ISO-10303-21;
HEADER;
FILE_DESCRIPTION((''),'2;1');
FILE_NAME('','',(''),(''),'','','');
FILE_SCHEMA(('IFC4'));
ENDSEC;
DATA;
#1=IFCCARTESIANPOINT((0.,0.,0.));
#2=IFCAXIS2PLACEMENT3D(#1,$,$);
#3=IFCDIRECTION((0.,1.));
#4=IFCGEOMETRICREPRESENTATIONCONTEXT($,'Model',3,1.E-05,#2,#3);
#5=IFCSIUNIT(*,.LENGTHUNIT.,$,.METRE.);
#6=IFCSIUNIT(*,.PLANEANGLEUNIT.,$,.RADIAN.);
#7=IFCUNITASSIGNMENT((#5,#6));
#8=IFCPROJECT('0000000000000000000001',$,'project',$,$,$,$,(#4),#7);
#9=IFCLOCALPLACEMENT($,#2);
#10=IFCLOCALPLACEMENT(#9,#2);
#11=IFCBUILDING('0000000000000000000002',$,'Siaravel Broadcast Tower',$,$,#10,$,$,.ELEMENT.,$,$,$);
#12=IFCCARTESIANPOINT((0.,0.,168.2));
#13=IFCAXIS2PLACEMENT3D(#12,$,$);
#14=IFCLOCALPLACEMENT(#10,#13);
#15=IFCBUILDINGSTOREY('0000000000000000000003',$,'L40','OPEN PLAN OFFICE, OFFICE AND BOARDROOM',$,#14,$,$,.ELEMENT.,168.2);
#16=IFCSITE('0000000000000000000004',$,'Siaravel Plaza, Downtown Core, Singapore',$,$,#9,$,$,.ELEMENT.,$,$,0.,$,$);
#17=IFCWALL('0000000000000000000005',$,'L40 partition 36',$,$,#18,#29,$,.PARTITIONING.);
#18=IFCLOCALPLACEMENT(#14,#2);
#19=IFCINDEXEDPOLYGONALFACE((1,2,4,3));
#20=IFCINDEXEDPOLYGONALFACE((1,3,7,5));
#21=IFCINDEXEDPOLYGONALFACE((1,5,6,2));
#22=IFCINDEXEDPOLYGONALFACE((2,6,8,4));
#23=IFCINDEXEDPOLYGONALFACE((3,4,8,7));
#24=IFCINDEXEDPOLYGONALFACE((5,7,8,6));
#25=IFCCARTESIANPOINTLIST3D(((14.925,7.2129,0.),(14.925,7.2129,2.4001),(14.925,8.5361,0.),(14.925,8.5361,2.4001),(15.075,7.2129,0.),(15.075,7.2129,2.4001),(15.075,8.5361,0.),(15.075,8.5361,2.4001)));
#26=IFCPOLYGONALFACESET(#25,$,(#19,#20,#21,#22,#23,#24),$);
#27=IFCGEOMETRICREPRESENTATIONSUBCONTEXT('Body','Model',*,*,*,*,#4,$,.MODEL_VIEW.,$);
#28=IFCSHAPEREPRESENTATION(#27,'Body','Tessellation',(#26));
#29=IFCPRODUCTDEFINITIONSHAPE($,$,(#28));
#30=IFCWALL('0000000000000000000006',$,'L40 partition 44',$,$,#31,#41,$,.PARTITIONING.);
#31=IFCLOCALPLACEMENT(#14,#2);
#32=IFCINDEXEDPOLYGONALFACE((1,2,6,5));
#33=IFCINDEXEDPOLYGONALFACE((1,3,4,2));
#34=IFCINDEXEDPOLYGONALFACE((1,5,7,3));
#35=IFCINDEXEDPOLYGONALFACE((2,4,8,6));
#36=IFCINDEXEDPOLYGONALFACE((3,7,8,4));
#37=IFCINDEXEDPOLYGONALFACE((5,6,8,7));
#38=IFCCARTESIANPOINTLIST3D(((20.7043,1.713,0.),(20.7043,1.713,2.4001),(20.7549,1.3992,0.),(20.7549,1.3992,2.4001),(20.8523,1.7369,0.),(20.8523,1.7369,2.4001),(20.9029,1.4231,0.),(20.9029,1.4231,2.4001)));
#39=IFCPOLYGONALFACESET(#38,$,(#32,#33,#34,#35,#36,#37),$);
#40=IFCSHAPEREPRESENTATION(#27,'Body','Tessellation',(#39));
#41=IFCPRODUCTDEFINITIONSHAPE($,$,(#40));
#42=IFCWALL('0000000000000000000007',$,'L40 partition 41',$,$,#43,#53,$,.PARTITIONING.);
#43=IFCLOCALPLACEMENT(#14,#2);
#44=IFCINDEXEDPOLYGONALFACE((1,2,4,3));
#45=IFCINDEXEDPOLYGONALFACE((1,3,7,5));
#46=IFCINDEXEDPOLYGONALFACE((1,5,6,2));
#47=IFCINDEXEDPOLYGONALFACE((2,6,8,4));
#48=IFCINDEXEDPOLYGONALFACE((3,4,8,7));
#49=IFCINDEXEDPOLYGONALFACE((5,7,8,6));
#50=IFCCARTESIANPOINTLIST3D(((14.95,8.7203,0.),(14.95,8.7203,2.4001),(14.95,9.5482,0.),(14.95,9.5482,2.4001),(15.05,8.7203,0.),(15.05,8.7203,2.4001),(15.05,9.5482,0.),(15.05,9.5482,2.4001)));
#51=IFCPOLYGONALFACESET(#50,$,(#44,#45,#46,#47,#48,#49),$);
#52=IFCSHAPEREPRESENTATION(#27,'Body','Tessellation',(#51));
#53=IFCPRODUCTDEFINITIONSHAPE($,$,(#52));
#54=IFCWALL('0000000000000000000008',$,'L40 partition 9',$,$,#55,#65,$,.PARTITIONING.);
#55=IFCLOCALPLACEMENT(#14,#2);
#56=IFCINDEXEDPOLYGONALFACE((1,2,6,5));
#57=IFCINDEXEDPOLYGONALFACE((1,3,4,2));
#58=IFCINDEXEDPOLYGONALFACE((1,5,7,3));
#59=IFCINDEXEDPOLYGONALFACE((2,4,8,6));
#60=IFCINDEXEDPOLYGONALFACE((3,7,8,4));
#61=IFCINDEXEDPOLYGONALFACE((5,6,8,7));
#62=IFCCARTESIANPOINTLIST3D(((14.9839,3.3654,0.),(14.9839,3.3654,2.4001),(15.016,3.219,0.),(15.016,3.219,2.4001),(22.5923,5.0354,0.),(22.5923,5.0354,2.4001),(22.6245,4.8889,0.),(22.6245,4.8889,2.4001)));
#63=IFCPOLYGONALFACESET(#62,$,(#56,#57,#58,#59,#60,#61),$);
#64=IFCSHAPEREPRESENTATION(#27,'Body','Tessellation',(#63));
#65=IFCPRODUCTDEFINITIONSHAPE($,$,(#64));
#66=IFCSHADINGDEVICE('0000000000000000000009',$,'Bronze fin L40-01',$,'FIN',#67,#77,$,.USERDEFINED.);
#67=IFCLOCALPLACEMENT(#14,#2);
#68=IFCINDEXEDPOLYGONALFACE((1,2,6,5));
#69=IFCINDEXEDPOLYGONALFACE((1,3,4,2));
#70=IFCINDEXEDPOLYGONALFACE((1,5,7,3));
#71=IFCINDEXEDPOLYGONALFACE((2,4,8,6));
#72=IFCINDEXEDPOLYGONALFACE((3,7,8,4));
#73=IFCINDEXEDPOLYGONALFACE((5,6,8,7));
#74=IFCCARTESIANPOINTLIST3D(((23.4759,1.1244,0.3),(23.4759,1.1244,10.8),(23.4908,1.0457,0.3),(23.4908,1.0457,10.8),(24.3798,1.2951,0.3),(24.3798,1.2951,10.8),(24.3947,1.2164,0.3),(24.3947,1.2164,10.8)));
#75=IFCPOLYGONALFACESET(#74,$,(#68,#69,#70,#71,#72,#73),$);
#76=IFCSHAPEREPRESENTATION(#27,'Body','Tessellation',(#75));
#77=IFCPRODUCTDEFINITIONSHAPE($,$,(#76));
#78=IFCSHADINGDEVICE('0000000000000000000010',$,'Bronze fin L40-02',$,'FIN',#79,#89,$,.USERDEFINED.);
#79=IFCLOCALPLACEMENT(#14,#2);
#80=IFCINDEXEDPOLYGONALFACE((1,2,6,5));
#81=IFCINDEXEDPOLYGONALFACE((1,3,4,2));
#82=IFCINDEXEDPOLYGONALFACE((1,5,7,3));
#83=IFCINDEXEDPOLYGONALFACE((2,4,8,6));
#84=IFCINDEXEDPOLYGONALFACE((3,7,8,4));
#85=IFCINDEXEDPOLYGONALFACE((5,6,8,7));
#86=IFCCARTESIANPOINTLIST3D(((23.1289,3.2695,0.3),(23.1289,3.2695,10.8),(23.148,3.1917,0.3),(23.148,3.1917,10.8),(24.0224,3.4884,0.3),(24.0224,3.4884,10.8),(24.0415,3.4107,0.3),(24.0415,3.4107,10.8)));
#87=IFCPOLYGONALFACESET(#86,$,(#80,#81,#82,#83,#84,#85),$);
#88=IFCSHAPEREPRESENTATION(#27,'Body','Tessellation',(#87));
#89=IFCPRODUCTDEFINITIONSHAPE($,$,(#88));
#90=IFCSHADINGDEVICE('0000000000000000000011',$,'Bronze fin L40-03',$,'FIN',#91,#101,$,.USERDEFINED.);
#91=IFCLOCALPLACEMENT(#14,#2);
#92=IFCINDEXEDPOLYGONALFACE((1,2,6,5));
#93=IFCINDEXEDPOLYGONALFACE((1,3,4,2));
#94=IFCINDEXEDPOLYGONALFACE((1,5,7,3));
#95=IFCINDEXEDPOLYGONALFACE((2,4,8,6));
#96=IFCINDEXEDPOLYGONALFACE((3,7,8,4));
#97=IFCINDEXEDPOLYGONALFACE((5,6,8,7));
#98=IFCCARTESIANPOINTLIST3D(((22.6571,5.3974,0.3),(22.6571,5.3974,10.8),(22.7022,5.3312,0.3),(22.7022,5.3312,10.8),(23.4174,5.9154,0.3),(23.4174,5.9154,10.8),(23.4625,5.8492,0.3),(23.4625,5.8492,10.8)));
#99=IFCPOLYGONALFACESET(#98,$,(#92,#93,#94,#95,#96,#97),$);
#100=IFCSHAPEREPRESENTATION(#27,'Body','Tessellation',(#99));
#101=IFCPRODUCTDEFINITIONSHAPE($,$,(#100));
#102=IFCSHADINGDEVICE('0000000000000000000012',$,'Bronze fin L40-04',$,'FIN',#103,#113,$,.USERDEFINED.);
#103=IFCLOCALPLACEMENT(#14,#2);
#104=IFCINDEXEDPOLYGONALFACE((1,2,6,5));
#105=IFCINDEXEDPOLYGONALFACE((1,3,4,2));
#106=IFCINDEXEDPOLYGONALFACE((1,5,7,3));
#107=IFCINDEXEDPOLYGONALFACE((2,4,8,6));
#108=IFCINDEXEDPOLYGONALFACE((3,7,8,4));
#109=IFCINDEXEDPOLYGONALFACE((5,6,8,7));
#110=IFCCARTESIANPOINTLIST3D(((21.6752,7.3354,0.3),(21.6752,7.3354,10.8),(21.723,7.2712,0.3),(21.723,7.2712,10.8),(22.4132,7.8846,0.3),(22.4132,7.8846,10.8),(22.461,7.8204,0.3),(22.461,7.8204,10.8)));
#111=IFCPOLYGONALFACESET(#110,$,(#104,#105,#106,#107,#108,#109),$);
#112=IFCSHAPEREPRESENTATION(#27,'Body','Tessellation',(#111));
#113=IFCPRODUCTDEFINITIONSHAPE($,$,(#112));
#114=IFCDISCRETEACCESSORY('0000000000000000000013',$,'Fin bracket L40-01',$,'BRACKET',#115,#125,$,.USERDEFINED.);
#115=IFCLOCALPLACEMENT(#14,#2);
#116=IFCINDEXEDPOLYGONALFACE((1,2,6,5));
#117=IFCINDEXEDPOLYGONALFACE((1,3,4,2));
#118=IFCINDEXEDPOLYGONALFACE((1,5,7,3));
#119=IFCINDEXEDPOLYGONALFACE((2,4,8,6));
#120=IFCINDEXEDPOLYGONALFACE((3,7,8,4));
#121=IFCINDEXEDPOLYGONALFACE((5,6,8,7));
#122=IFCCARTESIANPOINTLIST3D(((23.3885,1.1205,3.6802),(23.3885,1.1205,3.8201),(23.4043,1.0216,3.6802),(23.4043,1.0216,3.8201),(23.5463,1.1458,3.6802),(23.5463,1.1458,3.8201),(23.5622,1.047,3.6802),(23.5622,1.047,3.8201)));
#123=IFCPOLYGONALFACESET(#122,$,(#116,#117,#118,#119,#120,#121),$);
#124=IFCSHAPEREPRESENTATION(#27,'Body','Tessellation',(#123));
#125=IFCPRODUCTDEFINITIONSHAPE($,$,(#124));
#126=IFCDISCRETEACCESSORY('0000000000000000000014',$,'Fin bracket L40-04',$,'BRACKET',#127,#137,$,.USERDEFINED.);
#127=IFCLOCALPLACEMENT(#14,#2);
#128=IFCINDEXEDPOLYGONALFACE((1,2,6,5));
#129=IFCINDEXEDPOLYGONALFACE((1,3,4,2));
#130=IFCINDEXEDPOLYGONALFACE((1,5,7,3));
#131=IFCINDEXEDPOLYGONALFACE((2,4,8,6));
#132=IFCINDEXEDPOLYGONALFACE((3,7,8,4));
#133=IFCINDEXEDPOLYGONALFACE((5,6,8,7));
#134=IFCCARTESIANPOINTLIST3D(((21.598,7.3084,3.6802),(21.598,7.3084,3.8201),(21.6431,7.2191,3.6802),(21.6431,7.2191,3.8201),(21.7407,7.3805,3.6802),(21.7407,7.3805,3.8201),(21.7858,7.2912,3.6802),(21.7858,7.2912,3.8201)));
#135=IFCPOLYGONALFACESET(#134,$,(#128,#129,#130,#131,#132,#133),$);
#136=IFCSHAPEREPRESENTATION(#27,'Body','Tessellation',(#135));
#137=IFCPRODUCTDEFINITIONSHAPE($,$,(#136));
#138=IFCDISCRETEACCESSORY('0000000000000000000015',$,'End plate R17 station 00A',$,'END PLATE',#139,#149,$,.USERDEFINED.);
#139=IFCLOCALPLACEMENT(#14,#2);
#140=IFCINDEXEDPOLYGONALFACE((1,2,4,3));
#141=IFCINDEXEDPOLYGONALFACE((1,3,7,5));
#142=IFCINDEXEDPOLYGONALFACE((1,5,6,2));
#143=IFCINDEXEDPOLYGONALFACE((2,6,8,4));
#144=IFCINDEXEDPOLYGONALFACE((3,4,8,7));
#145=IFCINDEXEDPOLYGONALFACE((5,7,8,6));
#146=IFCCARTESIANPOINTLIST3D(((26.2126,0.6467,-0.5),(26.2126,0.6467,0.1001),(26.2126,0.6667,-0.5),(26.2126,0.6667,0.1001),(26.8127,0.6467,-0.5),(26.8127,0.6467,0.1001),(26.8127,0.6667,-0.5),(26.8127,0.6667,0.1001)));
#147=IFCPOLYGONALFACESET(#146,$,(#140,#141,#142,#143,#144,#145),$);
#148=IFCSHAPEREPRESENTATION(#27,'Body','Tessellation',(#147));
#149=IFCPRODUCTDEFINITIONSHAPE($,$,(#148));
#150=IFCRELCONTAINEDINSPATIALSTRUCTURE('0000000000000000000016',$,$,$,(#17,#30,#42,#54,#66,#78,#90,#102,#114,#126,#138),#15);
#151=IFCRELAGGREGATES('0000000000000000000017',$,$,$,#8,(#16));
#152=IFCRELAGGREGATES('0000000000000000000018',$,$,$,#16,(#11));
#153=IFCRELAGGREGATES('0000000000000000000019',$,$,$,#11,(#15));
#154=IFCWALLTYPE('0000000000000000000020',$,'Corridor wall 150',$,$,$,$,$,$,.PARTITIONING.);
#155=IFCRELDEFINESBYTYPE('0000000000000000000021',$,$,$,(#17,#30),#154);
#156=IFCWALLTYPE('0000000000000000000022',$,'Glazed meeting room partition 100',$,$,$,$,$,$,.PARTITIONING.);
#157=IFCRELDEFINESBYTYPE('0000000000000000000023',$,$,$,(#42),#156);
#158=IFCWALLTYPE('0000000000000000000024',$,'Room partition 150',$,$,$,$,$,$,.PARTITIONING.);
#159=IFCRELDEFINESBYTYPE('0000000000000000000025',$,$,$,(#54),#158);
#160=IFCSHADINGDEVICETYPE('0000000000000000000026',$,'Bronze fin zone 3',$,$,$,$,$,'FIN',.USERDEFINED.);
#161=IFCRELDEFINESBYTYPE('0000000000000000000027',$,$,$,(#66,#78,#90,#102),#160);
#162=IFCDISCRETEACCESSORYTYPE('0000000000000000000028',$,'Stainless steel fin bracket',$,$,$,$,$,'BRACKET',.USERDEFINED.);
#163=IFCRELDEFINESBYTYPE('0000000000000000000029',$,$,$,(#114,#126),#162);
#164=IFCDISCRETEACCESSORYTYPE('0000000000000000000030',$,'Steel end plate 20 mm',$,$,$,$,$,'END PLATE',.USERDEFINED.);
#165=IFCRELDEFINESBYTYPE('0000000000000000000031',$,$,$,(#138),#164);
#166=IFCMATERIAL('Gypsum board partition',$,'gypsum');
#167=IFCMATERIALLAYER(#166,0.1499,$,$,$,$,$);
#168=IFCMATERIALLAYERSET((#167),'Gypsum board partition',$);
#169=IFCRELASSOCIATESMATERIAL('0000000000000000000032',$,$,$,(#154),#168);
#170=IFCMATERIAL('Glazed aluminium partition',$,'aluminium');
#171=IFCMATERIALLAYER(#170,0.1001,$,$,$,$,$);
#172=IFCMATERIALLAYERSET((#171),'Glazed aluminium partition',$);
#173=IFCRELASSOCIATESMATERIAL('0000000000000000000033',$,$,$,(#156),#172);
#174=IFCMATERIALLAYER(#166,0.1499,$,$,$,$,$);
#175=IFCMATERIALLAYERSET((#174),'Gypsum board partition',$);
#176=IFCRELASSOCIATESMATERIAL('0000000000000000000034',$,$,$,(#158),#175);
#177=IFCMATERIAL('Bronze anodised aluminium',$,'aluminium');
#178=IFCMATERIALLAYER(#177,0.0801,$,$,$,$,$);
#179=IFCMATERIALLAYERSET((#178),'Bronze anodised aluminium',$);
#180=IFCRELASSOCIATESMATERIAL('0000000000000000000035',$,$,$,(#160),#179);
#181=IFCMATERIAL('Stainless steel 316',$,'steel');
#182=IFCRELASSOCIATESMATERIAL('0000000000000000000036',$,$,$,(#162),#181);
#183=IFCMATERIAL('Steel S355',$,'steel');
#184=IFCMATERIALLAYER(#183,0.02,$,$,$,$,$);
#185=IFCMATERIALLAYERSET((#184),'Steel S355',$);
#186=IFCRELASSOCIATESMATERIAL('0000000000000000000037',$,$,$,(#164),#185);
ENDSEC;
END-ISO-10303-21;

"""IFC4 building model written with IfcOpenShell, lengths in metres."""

from ifc_helpers import new_model, si_unit, direction, frame, frame_2d, origin, origin_2d, place, context, subcontext, project, spatial, rectangle, extrude, material, layer, layer_set, type_object, element, save


model = new_model("IFC4")

# Units and contexts
model_context = context("Model", 3, precision=1e-05, world=origin(), true_north=direction((0.0, 1.0)))
body_context = subcontext(model_context, "Body", "Model", "MODEL_VIEW")
ifc_project = project(units=[si_unit("LENGTHUNIT", "METRE"), si_unit("PLANEANGLEUNIT", "RADIAN")], contexts=[model_context])

# Site, building, storey
site_placement = place(None, origin())
site = spatial("IfcSite", under=ifc_project, at=site_placement, Name="Siaravel Plaza, Downtown Core, Singapore", CompositionType="ELEMENT", RefElevation=0.0)
building_placement = place(site_placement, origin())
building = spatial("IfcBuilding", under=site, at=building_placement, Name="Siaravel Broadcast Tower", CompositionType="ELEMENT")
storey_placement = place(building_placement, frame((0.0, 0.0, 168.2)))
storey = spatial("IfcBuildingStorey", under=building, at=storey_placement, Name="L40", Description="OPEN PLAN OFFICE, OFFICE AND BOARDROOM", CompositionType="ELEMENT", Elevation=168.2)

# Shared definitions
ifc_material_1 = material(Name="Steel S355", Category="steel")

# Shared definitions
ifc_material_2 = material(Name="Gypsum board partition", Category="gypsum")
ifc_layer_1 = layer(ifc_material_2, 0.1499)
ifc_layer_set_1 = layer_set([ifc_layer_1], Name="Gypsum board partition")
wall_type_1 = type_object("IfcWallType", Name="Corridor wall 150", PredefinedType="PARTITIONING", material=ifc_layer_set_1)

# Walls
wall_1_placement = place(storey_placement, frame((15.0, 7.2129, 0.0), z_axis=(0.0, 0.0, 1.0), x_axis=(0.0, 1.0, 0.0)))
element("IfcWall", 1, at=wall_1_placement, inside=storey, type_object=wall_type_1, Name="L40 partition 36", PredefinedType="PARTITIONING", context=body_context, shape_type="SweptSolid", body=[
    extrude(rectangle(XDim=1.3232, YDim=0.1499, at=frame_2d((0.6616, 0.0))), origin(), (0.0, 0.0, 1.0), 2.4001),
])
wall_2_placement = place(storey_placement, frame((20.8289, 1.4111, 0.0), z_axis=(0.0, 0.0, 1.0), x_axis=(-0.159039, 0.987272, 0.0)))
element("IfcWall", 2, at=wall_2_placement, inside=storey, type_object=wall_type_1, Name="L40 partition 44", PredefinedType="PARTITIONING", context=body_context, shape_type="SweptSolid", body=[
    extrude(rectangle(XDim=0.3179, YDim=0.1499, at=frame_2d((0.1589, 0.0))), origin(), (0.0, 0.0, 1.0), 2.4001),
])
ifc_material_3 = material(Name="Glazed aluminium partition", Category="aluminium")
ifc_layer_2 = layer(ifc_material_3, 0.1001)
ifc_layer_set_2 = layer_set([ifc_layer_2], Name="Glazed aluminium partition")
wall_type_2 = type_object("IfcWallType", Name="Glazed meeting room partition 100", PredefinedType="PARTITIONING", material=ifc_layer_set_2)
wall_3_placement = place(storey_placement, frame((15.0, 8.7202, 0.0), z_axis=(0.0, 0.0, 1.0), x_axis=(0.0, 1.0, 0.0)))
element("IfcWall", 3, at=wall_3_placement, inside=storey, type_object=wall_type_2, Name="L40 partition 41", PredefinedType="PARTITIONING", context=body_context, shape_type="SweptSolid", body=[
    extrude(rectangle(XDim=0.8279, YDim=0.1001, at=frame_2d((0.4141, 0.0))), origin(), (0.0, 0.0, 1.0), 2.4001),
])
ifc_layer_3 = layer(ifc_material_2, 0.1499)
ifc_layer_set_3 = layer_set([ifc_layer_3], Name="Gypsum board partition")
wall_type_3 = type_object("IfcWallType", Name="Room partition 150", PredefinedType="PARTITIONING", material=ifc_layer_set_3)
wall_4_placement = place(storey_placement, frame((22.6084, 4.9622, 0.0), z_axis=(0.0, 0.0, 1.0), x_axis=(-0.97675, -0.214381, 0.0)))
element("IfcWall", 4, at=wall_4_placement, inside=storey, type_object=wall_type_3, Name="L40 partition 9", PredefinedType="PARTITIONING", context=body_context, shape_type="SweptSolid", body=[
    extrude(rectangle(XDim=7.7896, YDim=0.1499, at=frame_2d((3.8948, 0.0))), origin(), (0.0, 0.0, 1.0), 2.4001),
])

# Shading devices
ifc_material_4 = material(Name="Bronze anodised aluminium", Category="aluminium")
ifc_layer_4 = layer(ifc_material_4, 0.0801)
ifc_layer_set_4 = layer_set([ifc_layer_4], Name="Bronze anodised aluminium")
shading_device_type = type_object("IfcShadingDeviceType", Name="Bronze fin zone 3", ElementType="FIN", PredefinedType="USERDEFINED", material=ifc_layer_set_4)
for number, where, z_axis, x_axis, name in (
    (5, (23.9353, 1.1704, 0.3), (0.0, 0.0, 1.0), (0.982637, 0.185536, 0.0), "Bronze fin L40-01"),
    (6, (23.5852, 3.3401, 0.3), (0.0, 0.0, 1.0), (0.971274, 0.237962, 0.0), "Bronze fin L40-02"),
    (7, (23.0598, 5.6233, 0.3), (0.0, 0.0, 1.0), (0.826438, 0.563027, 0.0), "Bronze fin L40-03"),
    (8, (22.0681, 7.5779, 0.3), (0.0, 0.0, 1.0), (0.802227, 0.597019, 0.0), "Bronze fin L40-04"),
):
    element("IfcShadingDevice", number, at=place(storey_placement, frame(where, z_axis=z_axis, x_axis=x_axis)), inside=storey, type_object=shading_device_type, Name=name, ObjectType="FIN", PredefinedType="USERDEFINED", context=body_context, shape_type="SweptSolid", body=[
        extrude(rectangle(XDim=0.9199, YDim=0.0801, at=origin_2d()), origin(), (0.0, 0.0, 1.0), 10.5),
    ])

# Discrete accessories
ifc_material_5 = material(Name="Stainless steel 316", Category="steel")
discrete_accessory_type_1 = type_object("IfcDiscreteAccessoryType", Name="Stainless steel fin bracket", ElementType="BRACKET", PredefinedType="USERDEFINED", material=ifc_material_5)
for number, where, z_axis, x_axis, name in (
    (9, (23.4753, 1.0837, 3.6802), (0.0, 0.0, 1.0), (0.987329, 0.158685, 0.0), "Fin bracket L40-01"),
    (10, (21.6919, 7.2998, 3.6802), (0.0, 0.0, 1.0), (0.892392, 0.451261, 0.0), "Fin bracket L40-04"),
):
    element("IfcDiscreteAccessory", number, at=place(storey_placement, frame(where, z_axis=z_axis, x_axis=x_axis)), inside=storey, type_object=discrete_accessory_type_1, Name=name, ObjectType="BRACKET", PredefinedType="USERDEFINED", context=body_context, shape_type="SweptSolid", body=[
        extrude(rectangle(XDim=0.1599, YDim=0.1001, at=origin_2d()), origin(), (0.0, 0.0, 1.0), 0.1399),
    ])
ifc_layer_5 = layer(ifc_material_1, 0.02)
ifc_layer_set_5 = layer_set([ifc_layer_5], Name="Steel S355")
discrete_accessory_type_2 = type_object("IfcDiscreteAccessoryType", Name="Steel end plate 20 mm", ElementType="END PLATE", PredefinedType="USERDEFINED", material=ifc_layer_set_5)
discrete_accessory_placement = place(storey_placement, frame((26.5127, 0.6567, -0.5), z_axis=(0.0, 0.0, 1.0), x_axis=(0.0, 1.0, 0.0)))
element("IfcDiscreteAccessory", 11, at=discrete_accessory_placement, inside=storey, type_object=discrete_accessory_type_2, Name="End plate R17 station 00A", ObjectType="END PLATE", PredefinedType="USERDEFINED", context=body_context, shape_type="SweptSolid", body=[
    extrude(rectangle(XDim=0.02, YDim=0.6001, at=origin_2d()), origin(), (0.0, 0.0, 1.0), 0.6001),
])

save(model, "model.ifc")
